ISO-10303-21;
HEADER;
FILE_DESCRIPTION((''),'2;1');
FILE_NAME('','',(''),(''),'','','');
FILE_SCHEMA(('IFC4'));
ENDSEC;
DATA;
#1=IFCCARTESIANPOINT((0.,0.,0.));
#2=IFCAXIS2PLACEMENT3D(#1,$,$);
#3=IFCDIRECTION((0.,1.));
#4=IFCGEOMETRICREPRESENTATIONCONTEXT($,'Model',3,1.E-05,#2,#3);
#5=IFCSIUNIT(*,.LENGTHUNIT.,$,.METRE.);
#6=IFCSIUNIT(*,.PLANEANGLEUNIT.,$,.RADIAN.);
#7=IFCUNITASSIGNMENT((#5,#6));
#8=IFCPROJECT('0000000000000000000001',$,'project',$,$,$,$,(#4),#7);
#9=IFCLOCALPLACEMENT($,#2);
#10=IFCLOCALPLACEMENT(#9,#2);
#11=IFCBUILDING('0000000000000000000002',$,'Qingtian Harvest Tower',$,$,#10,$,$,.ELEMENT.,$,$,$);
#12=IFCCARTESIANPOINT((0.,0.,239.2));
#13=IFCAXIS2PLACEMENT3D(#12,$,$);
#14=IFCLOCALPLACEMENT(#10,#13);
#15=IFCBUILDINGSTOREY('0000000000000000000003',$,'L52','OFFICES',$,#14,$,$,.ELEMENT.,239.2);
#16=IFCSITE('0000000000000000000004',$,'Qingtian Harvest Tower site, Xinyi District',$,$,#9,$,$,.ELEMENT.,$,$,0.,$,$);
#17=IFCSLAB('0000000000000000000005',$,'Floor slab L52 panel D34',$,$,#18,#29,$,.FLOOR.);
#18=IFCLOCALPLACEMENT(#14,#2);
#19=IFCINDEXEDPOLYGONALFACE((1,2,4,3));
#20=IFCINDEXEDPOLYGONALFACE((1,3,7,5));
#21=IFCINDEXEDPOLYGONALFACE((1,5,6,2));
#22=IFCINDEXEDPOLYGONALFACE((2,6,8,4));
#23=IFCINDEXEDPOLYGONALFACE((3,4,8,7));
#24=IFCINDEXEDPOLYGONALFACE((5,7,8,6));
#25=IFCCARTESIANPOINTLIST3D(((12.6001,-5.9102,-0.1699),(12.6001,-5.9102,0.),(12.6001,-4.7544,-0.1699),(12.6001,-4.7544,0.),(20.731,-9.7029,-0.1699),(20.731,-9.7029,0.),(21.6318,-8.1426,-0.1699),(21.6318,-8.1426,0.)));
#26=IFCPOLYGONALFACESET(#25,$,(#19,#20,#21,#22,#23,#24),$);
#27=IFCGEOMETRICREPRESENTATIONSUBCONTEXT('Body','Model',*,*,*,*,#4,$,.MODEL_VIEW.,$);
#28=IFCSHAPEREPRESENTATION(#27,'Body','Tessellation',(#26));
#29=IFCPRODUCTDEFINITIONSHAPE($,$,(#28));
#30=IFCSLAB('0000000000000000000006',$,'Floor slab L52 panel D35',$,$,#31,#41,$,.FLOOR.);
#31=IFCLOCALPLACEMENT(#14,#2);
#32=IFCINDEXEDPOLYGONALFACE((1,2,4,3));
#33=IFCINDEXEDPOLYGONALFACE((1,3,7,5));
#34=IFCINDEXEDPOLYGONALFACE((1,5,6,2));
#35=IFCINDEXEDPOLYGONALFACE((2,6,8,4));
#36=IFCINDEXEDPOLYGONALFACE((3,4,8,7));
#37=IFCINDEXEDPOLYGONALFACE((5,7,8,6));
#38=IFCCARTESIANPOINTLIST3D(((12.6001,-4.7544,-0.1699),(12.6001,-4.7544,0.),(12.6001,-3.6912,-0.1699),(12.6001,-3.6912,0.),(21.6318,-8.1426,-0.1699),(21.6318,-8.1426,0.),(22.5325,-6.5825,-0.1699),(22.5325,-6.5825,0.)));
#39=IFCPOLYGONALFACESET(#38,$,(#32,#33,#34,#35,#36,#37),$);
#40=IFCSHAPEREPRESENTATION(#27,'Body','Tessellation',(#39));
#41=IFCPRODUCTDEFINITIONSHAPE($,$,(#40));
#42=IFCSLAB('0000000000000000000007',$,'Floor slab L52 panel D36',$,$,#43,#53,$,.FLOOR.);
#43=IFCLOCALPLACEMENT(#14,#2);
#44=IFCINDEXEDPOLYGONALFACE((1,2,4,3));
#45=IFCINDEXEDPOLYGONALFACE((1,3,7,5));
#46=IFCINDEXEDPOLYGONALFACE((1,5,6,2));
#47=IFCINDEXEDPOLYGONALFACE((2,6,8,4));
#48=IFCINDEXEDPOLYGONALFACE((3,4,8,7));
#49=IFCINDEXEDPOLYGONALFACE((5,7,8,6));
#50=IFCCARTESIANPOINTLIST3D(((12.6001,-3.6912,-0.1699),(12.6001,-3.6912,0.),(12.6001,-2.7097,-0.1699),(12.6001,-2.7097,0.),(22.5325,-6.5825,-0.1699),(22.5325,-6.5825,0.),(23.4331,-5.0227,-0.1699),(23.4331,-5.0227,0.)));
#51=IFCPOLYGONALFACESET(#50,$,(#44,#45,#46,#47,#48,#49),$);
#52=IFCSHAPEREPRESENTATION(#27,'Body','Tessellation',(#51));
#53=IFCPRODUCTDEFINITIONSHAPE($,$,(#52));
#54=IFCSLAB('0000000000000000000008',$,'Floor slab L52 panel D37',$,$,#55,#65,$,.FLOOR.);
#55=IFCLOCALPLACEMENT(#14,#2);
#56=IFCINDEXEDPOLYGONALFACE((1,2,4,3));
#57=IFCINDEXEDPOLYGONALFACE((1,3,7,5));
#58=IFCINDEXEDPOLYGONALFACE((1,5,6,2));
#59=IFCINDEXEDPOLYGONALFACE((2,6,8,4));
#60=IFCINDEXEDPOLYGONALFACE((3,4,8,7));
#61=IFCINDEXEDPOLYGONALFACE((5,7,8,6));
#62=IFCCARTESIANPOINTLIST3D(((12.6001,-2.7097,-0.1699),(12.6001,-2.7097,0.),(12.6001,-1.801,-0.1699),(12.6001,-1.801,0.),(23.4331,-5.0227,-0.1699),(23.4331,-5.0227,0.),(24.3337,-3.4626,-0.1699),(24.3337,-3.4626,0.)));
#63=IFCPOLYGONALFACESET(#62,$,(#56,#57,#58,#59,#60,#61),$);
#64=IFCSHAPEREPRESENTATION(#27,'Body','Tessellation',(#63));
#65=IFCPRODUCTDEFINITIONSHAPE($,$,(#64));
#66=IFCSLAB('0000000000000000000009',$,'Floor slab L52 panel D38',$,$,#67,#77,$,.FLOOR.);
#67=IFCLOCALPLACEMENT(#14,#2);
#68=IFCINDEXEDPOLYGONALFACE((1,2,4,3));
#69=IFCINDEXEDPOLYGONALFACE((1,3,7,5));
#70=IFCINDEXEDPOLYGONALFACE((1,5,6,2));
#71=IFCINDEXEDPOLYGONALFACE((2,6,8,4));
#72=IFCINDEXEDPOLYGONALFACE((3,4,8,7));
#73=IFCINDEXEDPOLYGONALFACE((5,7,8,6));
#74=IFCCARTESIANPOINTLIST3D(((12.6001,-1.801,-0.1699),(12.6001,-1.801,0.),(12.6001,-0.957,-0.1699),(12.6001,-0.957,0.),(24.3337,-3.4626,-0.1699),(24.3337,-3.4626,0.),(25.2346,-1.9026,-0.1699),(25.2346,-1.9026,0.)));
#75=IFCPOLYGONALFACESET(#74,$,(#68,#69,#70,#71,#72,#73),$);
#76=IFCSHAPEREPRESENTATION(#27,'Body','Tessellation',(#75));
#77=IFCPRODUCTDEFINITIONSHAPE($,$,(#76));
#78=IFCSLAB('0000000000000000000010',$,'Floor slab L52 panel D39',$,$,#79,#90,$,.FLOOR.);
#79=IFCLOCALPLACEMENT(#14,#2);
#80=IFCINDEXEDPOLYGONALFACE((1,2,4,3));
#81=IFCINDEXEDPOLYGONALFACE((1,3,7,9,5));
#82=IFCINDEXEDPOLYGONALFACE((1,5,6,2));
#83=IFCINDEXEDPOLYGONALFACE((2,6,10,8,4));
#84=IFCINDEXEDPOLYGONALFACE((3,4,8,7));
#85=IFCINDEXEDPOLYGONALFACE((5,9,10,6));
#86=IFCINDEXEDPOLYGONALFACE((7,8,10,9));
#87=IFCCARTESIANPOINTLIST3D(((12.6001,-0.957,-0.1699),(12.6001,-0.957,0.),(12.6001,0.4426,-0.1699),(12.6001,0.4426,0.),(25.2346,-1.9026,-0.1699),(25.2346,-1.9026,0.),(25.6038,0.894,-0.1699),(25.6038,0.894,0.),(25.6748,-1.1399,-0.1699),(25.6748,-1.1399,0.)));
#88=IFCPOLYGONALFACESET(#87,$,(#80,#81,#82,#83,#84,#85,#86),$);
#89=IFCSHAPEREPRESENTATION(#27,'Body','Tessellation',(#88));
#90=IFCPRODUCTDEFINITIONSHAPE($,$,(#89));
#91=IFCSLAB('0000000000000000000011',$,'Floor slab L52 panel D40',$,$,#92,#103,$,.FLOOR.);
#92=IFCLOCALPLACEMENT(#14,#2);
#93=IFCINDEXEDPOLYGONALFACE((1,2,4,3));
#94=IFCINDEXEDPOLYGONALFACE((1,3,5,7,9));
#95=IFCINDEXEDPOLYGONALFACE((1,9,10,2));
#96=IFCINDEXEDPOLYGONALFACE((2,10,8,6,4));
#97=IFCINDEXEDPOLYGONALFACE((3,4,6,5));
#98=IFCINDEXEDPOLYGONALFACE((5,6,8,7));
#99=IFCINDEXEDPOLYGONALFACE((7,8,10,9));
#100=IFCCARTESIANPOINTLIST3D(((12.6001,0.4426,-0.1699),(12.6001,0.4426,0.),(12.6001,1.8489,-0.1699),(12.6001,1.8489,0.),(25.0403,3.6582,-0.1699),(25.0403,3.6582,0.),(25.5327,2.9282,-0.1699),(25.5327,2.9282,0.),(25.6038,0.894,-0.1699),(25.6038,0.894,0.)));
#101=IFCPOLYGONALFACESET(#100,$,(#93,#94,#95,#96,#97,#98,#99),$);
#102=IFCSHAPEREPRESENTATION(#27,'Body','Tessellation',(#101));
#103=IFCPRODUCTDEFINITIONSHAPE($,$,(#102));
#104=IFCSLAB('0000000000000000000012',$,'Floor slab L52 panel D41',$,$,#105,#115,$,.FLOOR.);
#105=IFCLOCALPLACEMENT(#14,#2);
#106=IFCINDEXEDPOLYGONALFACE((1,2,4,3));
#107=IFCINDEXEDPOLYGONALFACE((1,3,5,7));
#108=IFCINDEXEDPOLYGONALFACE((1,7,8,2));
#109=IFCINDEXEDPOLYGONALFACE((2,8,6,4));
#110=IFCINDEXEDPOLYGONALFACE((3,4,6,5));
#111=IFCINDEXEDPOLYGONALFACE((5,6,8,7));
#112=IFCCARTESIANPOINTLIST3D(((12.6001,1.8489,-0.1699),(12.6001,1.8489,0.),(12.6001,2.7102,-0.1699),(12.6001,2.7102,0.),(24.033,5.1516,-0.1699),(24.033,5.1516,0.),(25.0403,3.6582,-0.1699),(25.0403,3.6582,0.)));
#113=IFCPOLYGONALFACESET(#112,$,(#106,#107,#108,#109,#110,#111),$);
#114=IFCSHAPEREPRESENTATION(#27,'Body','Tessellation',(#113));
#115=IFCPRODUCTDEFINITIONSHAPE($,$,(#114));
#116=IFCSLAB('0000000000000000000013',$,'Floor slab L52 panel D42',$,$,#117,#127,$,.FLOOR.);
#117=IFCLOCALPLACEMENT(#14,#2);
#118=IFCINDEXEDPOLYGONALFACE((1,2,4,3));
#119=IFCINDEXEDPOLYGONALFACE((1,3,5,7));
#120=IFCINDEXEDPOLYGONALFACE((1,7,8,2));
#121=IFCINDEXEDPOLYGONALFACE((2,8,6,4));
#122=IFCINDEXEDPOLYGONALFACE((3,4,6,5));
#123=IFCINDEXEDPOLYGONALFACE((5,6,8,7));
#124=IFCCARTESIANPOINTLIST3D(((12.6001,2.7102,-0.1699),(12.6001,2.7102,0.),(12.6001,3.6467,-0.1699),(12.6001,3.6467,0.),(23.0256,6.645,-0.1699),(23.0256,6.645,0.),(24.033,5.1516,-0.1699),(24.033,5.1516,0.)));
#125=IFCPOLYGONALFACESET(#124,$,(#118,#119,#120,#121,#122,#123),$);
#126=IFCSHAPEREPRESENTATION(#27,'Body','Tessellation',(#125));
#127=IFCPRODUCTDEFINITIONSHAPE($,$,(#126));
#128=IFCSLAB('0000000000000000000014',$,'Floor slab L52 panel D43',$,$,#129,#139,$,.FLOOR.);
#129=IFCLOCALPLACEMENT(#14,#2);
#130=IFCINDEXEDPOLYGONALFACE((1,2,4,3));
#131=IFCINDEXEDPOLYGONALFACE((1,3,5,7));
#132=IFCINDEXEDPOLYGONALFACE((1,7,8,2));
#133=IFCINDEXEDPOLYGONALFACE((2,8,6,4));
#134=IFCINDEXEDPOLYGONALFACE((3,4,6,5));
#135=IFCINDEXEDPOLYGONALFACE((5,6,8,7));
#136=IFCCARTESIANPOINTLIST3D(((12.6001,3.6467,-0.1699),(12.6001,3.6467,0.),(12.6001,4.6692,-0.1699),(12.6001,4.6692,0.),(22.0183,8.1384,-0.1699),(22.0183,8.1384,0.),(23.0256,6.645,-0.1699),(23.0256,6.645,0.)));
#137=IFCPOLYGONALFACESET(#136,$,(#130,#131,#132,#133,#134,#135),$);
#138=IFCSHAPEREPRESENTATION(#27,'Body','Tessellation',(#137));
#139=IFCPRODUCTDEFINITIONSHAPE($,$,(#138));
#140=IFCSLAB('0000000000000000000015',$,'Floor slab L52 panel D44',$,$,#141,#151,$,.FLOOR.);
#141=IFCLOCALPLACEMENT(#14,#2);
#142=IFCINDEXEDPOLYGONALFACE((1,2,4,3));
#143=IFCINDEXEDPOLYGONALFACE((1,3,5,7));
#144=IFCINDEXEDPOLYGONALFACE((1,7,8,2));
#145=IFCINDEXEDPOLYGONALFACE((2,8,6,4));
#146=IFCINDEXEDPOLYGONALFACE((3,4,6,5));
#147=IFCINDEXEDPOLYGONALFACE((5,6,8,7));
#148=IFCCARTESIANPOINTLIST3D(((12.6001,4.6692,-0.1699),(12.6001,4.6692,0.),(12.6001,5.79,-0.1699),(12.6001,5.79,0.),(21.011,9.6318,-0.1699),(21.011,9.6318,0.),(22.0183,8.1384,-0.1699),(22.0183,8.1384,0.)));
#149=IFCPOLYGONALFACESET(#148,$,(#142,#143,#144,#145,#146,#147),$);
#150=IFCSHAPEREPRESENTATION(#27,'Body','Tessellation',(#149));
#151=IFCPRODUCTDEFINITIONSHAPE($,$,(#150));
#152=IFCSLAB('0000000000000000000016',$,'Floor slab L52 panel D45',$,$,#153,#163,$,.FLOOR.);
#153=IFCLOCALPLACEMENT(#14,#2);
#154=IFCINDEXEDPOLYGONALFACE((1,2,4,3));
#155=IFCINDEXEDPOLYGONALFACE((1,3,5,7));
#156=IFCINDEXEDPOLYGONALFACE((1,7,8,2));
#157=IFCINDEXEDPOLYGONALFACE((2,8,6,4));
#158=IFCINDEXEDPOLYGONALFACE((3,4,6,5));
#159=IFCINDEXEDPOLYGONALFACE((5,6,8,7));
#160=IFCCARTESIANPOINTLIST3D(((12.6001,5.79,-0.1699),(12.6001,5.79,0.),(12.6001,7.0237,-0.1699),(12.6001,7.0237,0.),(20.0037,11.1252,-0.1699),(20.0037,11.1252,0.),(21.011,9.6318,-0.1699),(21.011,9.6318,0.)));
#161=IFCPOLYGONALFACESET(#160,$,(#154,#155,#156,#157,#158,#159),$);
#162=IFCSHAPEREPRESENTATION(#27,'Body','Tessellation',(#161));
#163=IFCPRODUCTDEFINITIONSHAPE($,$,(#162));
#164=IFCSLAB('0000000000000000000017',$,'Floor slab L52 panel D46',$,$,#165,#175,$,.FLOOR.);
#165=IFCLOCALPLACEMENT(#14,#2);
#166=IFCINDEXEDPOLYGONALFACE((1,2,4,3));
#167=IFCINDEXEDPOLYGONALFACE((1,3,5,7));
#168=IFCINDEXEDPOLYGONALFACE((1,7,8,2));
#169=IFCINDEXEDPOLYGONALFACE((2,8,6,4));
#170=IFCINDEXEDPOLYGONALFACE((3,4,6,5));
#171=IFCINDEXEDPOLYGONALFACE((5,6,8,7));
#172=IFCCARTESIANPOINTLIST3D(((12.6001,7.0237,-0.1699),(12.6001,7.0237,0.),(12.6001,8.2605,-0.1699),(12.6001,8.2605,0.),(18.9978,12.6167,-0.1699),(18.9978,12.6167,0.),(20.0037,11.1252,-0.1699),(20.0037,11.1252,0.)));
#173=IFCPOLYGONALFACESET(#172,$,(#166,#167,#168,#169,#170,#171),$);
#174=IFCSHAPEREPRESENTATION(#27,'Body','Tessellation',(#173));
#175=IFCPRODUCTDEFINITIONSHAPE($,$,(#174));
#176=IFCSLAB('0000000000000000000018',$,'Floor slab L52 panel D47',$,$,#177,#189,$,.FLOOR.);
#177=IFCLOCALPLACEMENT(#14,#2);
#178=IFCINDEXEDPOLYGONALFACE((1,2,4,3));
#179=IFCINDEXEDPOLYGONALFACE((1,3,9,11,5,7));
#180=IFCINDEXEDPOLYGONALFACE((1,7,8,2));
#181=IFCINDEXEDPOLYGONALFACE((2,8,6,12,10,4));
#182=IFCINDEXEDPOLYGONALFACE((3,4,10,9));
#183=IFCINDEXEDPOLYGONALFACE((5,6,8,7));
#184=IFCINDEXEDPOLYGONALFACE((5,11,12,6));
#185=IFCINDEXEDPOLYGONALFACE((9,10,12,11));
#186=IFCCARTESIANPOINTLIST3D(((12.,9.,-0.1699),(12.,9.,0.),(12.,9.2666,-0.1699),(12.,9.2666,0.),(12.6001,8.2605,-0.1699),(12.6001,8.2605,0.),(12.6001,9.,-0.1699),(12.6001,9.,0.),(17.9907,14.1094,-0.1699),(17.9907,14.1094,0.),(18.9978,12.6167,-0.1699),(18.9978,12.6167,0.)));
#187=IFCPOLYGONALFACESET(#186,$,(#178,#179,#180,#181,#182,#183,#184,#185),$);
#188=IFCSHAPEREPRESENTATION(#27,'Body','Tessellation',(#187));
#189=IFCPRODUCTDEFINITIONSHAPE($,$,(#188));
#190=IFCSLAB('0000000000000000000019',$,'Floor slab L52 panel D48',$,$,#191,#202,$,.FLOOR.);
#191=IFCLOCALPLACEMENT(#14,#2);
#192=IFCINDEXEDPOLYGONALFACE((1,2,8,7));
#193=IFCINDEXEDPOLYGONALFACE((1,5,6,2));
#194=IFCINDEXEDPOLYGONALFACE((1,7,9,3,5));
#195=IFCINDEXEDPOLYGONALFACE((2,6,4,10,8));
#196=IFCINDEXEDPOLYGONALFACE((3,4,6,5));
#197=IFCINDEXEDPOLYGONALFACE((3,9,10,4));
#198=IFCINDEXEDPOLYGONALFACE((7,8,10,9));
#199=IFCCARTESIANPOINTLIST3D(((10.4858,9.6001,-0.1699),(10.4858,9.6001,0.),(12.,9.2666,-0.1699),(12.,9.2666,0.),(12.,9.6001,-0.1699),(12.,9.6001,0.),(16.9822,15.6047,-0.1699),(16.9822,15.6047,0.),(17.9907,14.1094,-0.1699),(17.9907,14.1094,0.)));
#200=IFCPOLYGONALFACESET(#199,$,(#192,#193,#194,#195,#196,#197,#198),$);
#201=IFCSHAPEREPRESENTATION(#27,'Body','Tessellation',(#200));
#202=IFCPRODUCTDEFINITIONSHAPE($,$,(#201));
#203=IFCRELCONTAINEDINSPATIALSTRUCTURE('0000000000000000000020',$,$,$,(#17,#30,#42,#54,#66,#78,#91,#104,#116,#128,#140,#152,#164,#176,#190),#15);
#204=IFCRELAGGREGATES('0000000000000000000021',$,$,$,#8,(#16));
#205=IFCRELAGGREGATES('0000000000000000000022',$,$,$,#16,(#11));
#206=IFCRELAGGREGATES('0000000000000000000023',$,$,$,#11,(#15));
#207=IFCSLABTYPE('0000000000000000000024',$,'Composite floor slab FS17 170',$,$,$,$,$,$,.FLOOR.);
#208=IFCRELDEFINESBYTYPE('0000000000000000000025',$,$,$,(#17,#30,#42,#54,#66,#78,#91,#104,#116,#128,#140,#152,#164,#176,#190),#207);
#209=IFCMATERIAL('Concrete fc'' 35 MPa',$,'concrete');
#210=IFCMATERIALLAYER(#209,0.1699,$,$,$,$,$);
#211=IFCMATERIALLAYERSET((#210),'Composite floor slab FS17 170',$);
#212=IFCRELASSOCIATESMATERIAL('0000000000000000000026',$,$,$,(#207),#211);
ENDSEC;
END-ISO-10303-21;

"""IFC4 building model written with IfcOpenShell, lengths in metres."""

from ifc_helpers import new_model, si_unit, direction, frame, origin, place, context, subcontext, project, spatial, polyline, outline, extrude, material, layer, layer_set, type_object, element, save


model = new_model("IFC4")

# Units and contexts
model_context = context("Model", 3, precision=1e-05, world=origin(), true_north=direction((0.0, 1.0)))
body_context = subcontext(model_context, "Body", "Model", "MODEL_VIEW")
ifc_project = project(units=[si_unit("LENGTHUNIT", "METRE"), si_unit("PLANEANGLEUNIT", "RADIAN")], contexts=[model_context])

# Site, building, storey
site_placement = place(None, origin())
site = spatial("IfcSite", under=ifc_project, at=site_placement, Name="Qingtian Harvest Tower site, Xinyi District", CompositionType="ELEMENT", RefElevation=0.0)
building_placement = place(site_placement, origin())
building = spatial("IfcBuilding", under=site, at=building_placement, Name="Qingtian Harvest Tower", CompositionType="ELEMENT")
storey_placement = place(building_placement, frame((0.0, 0.0, 239.2)))
storey = spatial("IfcBuildingStorey", under=building, at=storey_placement, Name="L52", Description="OFFICES", CompositionType="ELEMENT", Elevation=239.2)

# Slabs
ifc_material_1 = material(Name="Concrete fc' 35 MPa", Category="concrete")
ifc_layer_1 = layer(ifc_material_1, 0.1699)
ifc_layer_set_1 = layer_set([ifc_layer_1], Name="Composite floor slab FS17 170")
slab_type = type_object("IfcSlabType", Name="Composite floor slab FS17 170", PredefinedType="FLOOR", material=ifc_layer_set_1)
slab_1_placement = place(storey_placement, frame((0.0, 0.0, -0.1699)))
element("IfcSlab", 1, at=slab_1_placement, inside=storey, type_object=slab_type, Name="Floor slab L52 panel D34", PredefinedType="FLOOR", context=body_context, shape_type="SweptSolid", body=[
    extrude(outline(polyline([(12.6001, -4.7544), (21.6318, -8.1426), (20.731, -9.7029), (12.6001, -5.9102), (12.6001, -4.7544)])), origin(), (0.0, 0.0, 1.0), 0.1699),
])
slab_2_placement = place(storey_placement, frame((0.0, 0.0, -0.1699)))
element("IfcSlab", 2, at=slab_2_placement, inside=storey, type_object=slab_type, Name="Floor slab L52 panel D35", PredefinedType="FLOOR", context=body_context, shape_type="SweptSolid", body=[
    extrude(outline(polyline([(12.6001, -3.6912), (22.5325, -6.5825), (21.6318, -8.1426), (12.6001, -4.7544), (12.6001, -3.6912)])), origin(), (0.0, 0.0, 1.0), 0.1699),
])
slab_3_placement = place(storey_placement, frame((0.0, 0.0, -0.1699)))
element("IfcSlab", 3, at=slab_3_placement, inside=storey, type_object=slab_type, Name="Floor slab L52 panel D36", PredefinedType="FLOOR", context=body_context, shape_type="SweptSolid", body=[
    extrude(outline(polyline([(12.6001, -2.7097), (23.4331, -5.0227), (22.5325, -6.5825), (12.6001, -3.6912), (12.6001, -2.7097)])), origin(), (0.0, 0.0, 1.0), 0.1699),
])
slab_4_placement = place(storey_placement, frame((0.0, 0.0, -0.1699)))
element("IfcSlab", 4, at=slab_4_placement, inside=storey, type_object=slab_type, Name="Floor slab L52 panel D37", PredefinedType="FLOOR", context=body_context, shape_type="SweptSolid", body=[
    extrude(outline(polyline([(12.6001, -1.801), (24.3337, -3.4626), (23.4331, -5.0227), (12.6001, -2.7097), (12.6001, -1.801)])), origin(), (0.0, 0.0, 1.0), 0.1699),
])
slab_5_placement = place(storey_placement, frame((0.0, 0.0, -0.1699)))
element("IfcSlab", 5, at=slab_5_placement, inside=storey, type_object=slab_type, Name="Floor slab L52 panel D38", PredefinedType="FLOOR", context=body_context, shape_type="SweptSolid", body=[
    extrude(outline(polyline([(12.6001, -0.957), (25.2346, -1.9026), (24.3337, -3.4626), (12.6001, -1.801), (12.6001, -0.957)])), origin(), (0.0, 0.0, 1.0), 0.1699),
])
slab_6_placement = place(storey_placement, frame((0.0, 0.0, -0.1699)))
element("IfcSlab", 6, at=slab_6_placement, inside=storey, type_object=slab_type, Name="Floor slab L52 panel D39", PredefinedType="FLOOR", context=body_context, shape_type="SweptSolid", body=[
    extrude(outline(polyline([(12.6001, -0.957), (12.6001, 0.4426), (25.6038, 0.894), (25.6748, -1.1399), (25.2346, -1.9026), (12.6001, -0.957)])), origin(), (0.0, 0.0, 1.0), 0.1699),
])
slab_7_placement = place(storey_placement, frame((0.0, 0.0, -0.1699)))
element("IfcSlab", 7, at=slab_7_placement, inside=storey, type_object=slab_type, Name="Floor slab L52 panel D40", PredefinedType="FLOOR", context=body_context, shape_type="SweptSolid", body=[
    extrude(outline(polyline([(12.6001, 0.4426), (12.6001, 1.8489), (25.0403, 3.6582), (25.5327, 2.9282), (25.6038, 0.894), (12.6001, 0.4426)])), origin(), (0.0, 0.0, 1.0), 0.1699),
])
slab_8_placement = place(storey_placement, frame((0.0, 0.0, -0.1699)))
element("IfcSlab", 8, at=slab_8_placement, inside=storey, type_object=slab_type, Name="Floor slab L52 panel D41", PredefinedType="FLOOR", context=body_context, shape_type="SweptSolid", body=[
    extrude(outline(polyline([(12.6001, 2.7102), (24.033, 5.1516), (25.0403, 3.6582), (12.6001, 1.8489), (12.6001, 2.7102)])), origin(), (0.0, 0.0, 1.0), 0.1699),
])
slab_9_placement = place(storey_placement, frame((0.0, 0.0, -0.1699)))
element("IfcSlab", 9, at=slab_9_placement, inside=storey, type_object=slab_type, Name="Floor slab L52 panel D42", PredefinedType="FLOOR", context=body_context, shape_type="SweptSolid", body=[
    extrude(outline(polyline([(12.6001, 3.6467), (23.0256, 6.645), (24.033, 5.1516), (12.6001, 2.7102), (12.6001, 3.6467)])), origin(), (0.0, 0.0, 1.0), 0.1699),
])
slab_10_placement = place(storey_placement, frame((0.0, 0.0, -0.1699)))
element("IfcSlab", 10, at=slab_10_placement, inside=storey, type_object=slab_type, Name="Floor slab L52 panel D43", PredefinedType="FLOOR", context=body_context, shape_type="SweptSolid", body=[
    extrude(outline(polyline([(12.6001, 4.6692), (22.0183, 8.1384), (23.0256, 6.645), (12.6001, 3.6467), (12.6001, 4.6692)])), origin(), (0.0, 0.0, 1.0), 0.1699),
])
slab_11_placement = place(storey_placement, frame((0.0, 0.0, -0.1699)))
element("IfcSlab", 11, at=slab_11_placement, inside=storey, type_object=slab_type, Name="Floor slab L52 panel D44", PredefinedType="FLOOR", context=body_context, shape_type="SweptSolid", body=[
    extrude(outline(polyline([(12.6001, 5.79), (21.011, 9.6318), (22.0183, 8.1384), (12.6001, 4.6692), (12.6001, 5.79)])), origin(), (0.0, 0.0, 1.0), 0.1699),
])
slab_12_placement = place(storey_placement, frame((0.0, 0.0, -0.1699)))
element("IfcSlab", 12, at=slab_12_placement, inside=storey, type_object=slab_type, Name="Floor slab L52 panel D45", PredefinedType="FLOOR", context=body_context, shape_type="SweptSolid", body=[
    extrude(outline(polyline([(12.6001, 7.0237), (20.0037, 11.1252), (21.011, 9.6318), (12.6001, 5.79), (12.6001, 7.0237)])), origin(), (0.0, 0.0, 1.0), 0.1699),
])
slab_13_placement = place(storey_placement, frame((0.0, 0.0, -0.1699)))
element("IfcSlab", 13, at=slab_13_placement, inside=storey, type_object=slab_type, Name="Floor slab L52 panel D46", PredefinedType="FLOOR", context=body_context, shape_type="SweptSolid", body=[
    extrude(outline(polyline([(12.6001, 8.2605), (18.9978, 12.6167), (20.0037, 11.1252), (12.6001, 7.0237), (12.6001, 8.2605)])), origin(), (0.0, 0.0, 1.0), 0.1699),
])
slab_14_placement = place(storey_placement, frame((0.0, 0.0, -0.1699)))
element("IfcSlab", 14, at=slab_14_placement, inside=storey, type_object=slab_type, Name="Floor slab L52 panel D47", PredefinedType="FLOOR", context=body_context, shape_type="SweptSolid", body=[
    extrude(outline(polyline([(12.6001, 9.0), (12.0, 9.0), (12.0, 9.2666), (17.9907, 14.1094), (18.9978, 12.6167), (12.6001, 8.2605), (12.6001, 9.0)])), origin(), (0.0, 0.0, 1.0), 0.1699),
])
slab_15_placement = place(storey_placement, frame((0.0, 0.0, -0.1699)))
element("IfcSlab", 15, at=slab_15_placement, inside=storey, type_object=slab_type, Name="Floor slab L52 panel D48", PredefinedType="FLOOR", context=body_context, shape_type="SweptSolid", body=[
    extrude(outline(polyline([(12.0, 9.6001), (10.4858, 9.6001), (16.9822, 15.6047), (17.9907, 14.1094), (12.0, 9.2666), (12.0, 9.6001)])), origin(), (0.0, 0.0, 1.0), 0.1699),
])

save(model, "model.ifc")
